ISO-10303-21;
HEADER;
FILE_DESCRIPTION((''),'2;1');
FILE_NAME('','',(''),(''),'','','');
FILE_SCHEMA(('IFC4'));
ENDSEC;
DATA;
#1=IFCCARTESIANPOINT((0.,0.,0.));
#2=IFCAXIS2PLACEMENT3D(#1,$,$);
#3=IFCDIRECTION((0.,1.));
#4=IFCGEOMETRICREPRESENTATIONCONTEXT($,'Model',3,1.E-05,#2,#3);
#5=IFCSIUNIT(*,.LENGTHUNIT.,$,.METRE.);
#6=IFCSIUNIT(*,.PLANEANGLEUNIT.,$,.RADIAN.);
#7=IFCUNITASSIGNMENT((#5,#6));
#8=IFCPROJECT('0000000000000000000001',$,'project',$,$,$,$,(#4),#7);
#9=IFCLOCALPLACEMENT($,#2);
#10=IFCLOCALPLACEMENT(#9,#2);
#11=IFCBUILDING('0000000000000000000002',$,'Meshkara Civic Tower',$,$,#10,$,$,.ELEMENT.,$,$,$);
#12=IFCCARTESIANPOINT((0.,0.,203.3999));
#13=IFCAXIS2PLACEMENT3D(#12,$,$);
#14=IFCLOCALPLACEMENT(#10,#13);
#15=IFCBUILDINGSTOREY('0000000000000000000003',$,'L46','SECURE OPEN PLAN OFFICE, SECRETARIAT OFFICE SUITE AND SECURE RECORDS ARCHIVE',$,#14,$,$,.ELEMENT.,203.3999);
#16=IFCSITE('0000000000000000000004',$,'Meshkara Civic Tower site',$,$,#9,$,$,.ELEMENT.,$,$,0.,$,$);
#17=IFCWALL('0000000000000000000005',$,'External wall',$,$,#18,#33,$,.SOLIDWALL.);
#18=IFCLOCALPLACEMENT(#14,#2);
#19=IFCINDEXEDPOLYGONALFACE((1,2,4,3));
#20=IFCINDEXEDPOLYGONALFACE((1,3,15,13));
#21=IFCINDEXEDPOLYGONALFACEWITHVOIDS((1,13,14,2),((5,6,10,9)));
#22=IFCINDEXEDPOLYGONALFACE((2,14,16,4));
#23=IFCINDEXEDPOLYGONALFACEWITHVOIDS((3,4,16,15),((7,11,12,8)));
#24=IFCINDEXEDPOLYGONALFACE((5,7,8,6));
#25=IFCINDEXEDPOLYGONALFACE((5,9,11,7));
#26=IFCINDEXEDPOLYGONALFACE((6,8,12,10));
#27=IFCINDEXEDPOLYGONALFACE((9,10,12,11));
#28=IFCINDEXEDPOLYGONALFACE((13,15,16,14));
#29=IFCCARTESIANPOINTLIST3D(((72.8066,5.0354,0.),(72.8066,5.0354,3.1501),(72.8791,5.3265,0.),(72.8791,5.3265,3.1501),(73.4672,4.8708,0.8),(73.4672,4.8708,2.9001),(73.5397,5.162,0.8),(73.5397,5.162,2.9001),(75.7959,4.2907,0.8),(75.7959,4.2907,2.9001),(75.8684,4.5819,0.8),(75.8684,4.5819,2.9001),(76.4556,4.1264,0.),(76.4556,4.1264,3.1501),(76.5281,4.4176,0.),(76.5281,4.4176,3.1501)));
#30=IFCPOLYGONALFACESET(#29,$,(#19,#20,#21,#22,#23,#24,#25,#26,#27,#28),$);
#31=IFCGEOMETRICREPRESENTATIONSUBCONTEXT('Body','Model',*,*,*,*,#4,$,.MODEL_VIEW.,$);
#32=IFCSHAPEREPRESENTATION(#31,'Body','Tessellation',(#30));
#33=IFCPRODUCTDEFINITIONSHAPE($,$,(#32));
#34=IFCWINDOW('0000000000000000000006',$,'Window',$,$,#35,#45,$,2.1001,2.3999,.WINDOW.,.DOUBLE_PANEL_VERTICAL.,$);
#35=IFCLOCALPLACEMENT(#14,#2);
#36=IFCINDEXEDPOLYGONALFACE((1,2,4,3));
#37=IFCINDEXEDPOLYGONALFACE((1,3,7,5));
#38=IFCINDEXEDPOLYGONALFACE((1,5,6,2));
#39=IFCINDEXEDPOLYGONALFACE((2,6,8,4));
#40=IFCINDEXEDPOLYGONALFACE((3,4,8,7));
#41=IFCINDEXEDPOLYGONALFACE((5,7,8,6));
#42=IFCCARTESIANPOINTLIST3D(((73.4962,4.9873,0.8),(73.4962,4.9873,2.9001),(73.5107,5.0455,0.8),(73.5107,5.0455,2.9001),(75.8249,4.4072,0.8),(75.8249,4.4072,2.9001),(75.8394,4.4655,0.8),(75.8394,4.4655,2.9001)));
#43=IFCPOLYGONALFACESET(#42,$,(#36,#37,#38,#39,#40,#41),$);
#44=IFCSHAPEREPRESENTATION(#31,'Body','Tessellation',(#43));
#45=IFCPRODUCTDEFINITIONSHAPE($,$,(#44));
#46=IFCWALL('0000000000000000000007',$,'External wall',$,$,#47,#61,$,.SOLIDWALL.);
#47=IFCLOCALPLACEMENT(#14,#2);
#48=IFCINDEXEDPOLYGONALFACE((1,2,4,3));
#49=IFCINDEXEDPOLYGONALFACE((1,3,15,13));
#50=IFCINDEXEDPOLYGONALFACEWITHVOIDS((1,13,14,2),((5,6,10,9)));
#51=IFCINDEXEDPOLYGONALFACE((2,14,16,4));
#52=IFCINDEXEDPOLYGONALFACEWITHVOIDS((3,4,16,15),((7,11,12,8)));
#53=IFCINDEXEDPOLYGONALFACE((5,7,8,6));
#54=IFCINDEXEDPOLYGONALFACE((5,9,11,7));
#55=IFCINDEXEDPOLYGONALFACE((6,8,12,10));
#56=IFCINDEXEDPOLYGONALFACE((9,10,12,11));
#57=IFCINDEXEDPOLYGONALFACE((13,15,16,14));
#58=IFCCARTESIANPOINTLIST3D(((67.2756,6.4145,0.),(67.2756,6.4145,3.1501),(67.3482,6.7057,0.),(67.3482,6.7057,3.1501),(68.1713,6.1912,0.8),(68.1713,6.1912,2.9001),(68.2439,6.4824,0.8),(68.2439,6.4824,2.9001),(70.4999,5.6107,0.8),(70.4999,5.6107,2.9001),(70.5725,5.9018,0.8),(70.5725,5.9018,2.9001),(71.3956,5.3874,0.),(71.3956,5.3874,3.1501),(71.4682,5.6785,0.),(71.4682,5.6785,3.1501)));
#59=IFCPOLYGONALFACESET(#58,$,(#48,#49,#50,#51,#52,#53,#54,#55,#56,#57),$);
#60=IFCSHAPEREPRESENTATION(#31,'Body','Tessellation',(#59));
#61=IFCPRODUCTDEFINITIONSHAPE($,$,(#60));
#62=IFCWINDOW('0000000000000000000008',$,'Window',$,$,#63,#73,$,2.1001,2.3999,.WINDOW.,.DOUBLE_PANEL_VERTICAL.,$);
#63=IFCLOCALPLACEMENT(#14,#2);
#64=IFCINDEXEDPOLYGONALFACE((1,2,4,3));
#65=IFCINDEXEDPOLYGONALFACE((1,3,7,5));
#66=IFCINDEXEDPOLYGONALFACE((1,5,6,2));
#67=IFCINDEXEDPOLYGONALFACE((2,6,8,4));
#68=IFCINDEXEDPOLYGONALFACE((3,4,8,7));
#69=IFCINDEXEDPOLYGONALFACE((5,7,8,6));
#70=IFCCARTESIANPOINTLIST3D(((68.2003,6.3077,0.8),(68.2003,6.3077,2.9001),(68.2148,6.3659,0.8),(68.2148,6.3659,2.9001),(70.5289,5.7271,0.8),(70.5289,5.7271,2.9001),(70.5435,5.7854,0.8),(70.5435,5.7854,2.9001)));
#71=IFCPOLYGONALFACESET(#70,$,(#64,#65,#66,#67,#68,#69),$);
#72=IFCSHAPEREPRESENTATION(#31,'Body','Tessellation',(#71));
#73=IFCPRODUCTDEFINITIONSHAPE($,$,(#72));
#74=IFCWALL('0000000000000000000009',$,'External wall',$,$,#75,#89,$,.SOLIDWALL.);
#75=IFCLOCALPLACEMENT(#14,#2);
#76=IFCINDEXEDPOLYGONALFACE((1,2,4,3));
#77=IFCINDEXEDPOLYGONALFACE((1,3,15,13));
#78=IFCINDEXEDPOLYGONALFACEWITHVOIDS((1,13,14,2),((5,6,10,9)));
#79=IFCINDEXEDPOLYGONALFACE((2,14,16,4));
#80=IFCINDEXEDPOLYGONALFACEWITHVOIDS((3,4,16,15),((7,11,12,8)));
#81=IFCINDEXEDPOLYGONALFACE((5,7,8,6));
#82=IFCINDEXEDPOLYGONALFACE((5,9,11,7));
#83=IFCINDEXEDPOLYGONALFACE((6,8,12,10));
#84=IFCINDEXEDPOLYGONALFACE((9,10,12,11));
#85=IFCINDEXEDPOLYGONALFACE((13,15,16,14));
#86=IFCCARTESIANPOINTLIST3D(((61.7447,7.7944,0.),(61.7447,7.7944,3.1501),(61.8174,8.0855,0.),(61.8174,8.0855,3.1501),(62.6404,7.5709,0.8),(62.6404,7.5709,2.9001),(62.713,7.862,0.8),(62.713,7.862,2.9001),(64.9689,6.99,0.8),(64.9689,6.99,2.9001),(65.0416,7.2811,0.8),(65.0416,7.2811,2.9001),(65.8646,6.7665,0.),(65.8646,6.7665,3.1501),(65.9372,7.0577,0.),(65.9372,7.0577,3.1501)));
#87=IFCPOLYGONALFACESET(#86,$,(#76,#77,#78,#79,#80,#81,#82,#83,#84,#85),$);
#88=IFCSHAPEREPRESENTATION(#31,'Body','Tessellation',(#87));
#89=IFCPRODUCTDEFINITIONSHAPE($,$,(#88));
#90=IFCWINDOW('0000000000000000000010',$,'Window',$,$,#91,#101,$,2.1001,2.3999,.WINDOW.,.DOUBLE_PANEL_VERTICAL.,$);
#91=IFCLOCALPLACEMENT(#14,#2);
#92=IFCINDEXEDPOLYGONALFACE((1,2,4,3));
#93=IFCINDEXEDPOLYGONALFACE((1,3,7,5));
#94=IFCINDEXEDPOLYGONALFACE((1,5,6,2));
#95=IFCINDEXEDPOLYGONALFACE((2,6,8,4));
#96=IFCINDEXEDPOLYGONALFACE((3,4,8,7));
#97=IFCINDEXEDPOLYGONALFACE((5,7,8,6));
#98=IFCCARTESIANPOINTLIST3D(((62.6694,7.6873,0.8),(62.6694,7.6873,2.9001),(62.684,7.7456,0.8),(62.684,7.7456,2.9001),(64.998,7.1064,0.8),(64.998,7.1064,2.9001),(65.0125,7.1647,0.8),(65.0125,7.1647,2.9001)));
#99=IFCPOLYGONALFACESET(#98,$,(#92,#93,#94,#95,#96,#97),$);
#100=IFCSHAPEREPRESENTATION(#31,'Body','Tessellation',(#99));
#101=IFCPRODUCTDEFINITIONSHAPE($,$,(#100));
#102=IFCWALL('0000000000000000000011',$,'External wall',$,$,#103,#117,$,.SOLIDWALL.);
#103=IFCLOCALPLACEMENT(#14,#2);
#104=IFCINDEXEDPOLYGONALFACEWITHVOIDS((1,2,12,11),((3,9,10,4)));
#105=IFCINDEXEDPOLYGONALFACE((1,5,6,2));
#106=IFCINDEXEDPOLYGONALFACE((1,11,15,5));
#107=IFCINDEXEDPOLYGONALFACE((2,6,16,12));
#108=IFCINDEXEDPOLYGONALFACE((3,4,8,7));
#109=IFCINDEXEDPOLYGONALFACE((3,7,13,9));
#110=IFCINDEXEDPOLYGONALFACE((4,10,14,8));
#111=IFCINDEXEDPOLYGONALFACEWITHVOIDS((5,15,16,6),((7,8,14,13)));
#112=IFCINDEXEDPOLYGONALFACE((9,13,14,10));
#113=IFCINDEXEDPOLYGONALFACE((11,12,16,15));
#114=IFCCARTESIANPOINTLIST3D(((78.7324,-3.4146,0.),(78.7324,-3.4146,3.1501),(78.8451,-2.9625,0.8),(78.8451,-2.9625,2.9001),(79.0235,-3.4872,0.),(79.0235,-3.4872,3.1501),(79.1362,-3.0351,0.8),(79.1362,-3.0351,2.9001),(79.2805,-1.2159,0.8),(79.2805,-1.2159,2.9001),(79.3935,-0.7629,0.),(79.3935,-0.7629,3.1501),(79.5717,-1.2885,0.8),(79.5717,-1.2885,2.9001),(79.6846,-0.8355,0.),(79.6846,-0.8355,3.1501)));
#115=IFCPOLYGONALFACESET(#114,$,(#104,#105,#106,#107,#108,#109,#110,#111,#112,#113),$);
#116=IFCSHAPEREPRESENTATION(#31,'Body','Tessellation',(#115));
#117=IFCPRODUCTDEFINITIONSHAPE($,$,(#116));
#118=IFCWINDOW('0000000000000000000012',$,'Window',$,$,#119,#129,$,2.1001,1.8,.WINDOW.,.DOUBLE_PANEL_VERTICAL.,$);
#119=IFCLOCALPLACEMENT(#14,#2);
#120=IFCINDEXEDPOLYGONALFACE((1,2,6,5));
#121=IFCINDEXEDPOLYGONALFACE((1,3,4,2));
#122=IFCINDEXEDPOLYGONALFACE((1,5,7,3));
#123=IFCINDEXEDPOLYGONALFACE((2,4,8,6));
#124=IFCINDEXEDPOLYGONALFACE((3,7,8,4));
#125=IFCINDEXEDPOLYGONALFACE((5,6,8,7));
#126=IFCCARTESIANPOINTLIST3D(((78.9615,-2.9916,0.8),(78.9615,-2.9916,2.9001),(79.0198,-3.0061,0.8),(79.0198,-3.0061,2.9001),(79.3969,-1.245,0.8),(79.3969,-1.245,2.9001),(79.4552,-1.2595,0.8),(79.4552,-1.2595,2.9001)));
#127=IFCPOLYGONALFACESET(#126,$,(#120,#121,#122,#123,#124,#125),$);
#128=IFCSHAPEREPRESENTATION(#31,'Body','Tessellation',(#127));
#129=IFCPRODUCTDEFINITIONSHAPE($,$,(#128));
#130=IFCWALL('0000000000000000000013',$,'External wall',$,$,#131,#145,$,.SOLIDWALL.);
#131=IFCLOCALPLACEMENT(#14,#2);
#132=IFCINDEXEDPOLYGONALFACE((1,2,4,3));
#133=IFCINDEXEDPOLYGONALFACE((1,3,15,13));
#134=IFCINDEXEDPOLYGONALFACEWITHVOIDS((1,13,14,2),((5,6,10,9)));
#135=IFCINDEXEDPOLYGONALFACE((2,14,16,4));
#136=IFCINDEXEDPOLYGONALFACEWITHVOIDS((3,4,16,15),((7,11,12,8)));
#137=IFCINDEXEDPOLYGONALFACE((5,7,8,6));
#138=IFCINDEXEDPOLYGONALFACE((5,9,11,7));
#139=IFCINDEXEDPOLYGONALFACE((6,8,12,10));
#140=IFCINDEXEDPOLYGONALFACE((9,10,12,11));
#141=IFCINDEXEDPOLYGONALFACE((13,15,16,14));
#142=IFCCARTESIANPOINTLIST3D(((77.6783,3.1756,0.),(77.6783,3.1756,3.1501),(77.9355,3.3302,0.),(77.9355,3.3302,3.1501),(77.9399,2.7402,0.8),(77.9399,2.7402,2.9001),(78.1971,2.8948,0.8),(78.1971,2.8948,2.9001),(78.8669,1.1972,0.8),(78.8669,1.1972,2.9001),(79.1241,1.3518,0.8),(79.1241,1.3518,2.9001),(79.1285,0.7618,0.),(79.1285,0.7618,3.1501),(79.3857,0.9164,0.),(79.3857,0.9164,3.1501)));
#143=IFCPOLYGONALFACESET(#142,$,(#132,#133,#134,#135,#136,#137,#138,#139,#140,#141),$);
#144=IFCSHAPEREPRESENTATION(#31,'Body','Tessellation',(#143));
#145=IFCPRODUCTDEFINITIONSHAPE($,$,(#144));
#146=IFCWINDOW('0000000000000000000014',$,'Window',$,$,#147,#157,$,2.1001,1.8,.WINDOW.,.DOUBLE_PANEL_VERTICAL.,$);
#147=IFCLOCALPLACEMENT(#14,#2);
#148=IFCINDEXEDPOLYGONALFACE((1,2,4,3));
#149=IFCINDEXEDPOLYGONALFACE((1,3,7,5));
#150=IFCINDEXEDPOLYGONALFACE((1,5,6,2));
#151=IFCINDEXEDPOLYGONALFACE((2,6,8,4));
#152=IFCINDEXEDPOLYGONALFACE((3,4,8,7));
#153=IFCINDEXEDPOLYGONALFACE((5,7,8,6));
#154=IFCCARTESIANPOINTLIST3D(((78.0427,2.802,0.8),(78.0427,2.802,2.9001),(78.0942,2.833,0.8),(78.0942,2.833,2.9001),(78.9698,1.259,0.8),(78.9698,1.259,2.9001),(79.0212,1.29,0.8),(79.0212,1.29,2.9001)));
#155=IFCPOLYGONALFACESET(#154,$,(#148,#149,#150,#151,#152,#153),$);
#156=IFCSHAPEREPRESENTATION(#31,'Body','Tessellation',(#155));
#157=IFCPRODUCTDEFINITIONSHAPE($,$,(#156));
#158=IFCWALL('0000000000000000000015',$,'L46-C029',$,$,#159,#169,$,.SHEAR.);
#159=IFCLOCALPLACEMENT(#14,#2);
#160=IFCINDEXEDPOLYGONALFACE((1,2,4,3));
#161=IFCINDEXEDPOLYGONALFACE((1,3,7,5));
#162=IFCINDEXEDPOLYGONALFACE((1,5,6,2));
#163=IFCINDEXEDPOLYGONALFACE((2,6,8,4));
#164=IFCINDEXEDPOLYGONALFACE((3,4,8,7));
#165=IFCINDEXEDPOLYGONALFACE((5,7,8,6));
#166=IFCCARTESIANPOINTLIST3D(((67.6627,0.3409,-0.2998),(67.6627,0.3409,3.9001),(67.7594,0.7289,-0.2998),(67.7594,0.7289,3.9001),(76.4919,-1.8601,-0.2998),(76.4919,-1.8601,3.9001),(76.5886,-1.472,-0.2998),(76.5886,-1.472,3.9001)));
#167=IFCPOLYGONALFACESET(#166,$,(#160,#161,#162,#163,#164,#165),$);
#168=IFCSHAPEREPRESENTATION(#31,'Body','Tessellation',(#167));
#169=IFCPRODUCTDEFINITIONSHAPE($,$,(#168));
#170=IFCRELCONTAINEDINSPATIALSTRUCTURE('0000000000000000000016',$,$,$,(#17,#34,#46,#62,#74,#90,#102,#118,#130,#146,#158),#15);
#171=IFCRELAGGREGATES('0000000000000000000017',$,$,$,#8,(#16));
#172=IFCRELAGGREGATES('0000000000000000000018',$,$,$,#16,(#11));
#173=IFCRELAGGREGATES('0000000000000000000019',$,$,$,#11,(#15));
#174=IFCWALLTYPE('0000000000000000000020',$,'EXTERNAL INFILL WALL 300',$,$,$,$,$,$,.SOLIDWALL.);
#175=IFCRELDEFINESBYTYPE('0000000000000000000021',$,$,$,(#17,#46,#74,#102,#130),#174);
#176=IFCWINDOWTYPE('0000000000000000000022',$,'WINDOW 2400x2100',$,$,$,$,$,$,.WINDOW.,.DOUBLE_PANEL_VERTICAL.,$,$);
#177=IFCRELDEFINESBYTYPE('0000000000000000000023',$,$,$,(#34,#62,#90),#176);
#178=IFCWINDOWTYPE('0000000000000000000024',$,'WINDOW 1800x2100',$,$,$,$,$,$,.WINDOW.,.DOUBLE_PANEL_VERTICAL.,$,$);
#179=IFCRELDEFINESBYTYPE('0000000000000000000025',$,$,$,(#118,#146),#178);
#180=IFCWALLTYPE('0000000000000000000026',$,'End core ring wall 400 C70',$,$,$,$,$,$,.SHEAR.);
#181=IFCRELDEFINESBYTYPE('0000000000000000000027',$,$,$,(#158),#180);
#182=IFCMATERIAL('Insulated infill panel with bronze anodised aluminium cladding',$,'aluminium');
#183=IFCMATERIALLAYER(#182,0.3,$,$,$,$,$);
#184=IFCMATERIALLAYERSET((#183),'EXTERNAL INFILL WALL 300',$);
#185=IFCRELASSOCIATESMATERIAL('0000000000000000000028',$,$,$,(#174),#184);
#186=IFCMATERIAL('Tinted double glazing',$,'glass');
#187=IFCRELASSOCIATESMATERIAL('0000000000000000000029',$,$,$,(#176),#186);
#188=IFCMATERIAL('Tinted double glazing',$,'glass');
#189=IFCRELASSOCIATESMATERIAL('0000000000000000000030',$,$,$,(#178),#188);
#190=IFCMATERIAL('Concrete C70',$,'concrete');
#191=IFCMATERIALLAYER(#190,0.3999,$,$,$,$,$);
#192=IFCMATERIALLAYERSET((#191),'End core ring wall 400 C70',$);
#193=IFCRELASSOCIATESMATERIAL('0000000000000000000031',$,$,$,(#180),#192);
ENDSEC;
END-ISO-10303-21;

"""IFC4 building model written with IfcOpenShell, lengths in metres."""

from ifc_helpers import new_model, si_unit, direction, frame, frame_2d, origin, place, context, subcontext, project, spatial, rectangle, extrude, material, layer, layer_set, type_object, element, fill, save


model = new_model("IFC4")

# Units and contexts
model_context = context("Model", 3, precision=1e-05, world=origin(), true_north=direction((0.0, 1.0)))
body_context = subcontext(model_context, "Body", "Model", "MODEL_VIEW")
ifc_project = project(units=[si_unit("LENGTHUNIT", "METRE"), si_unit("PLANEANGLEUNIT", "RADIAN")], contexts=[model_context])

# Site, building, storey
site_placement = place(None, origin())
site = spatial("IfcSite", under=ifc_project, at=site_placement, Name="Meshkara Civic Tower site", CompositionType="ELEMENT", RefElevation=0.0)
building_placement = place(site_placement, origin())
building = spatial("IfcBuilding", under=site, at=building_placement, Name="Meshkara Civic Tower", CompositionType="ELEMENT")
storey_placement = place(building_placement, frame((0.0, 0.0, 203.3999)))
storey = spatial("IfcBuildingStorey", under=building, at=storey_placement, Name="L46", Description="SECURE OPEN PLAN OFFICE, SECRETARIAT OFFICE SUITE AND SECURE RECORDS ARCHIVE", CompositionType="ELEMENT", Elevation=203.3999)

# Walls, openings, windows
ifc_material_1 = material(Name="Insulated infill panel with bronze anodised aluminium cladding", Category="aluminium")
ifc_layer_1 = layer(ifc_material_1, 0.3)
ifc_layer_set_1 = layer_set([ifc_layer_1], Name="EXTERNAL INFILL WALL 300")
wall_type_1 = type_object("IfcWallType", Name="EXTERNAL INFILL WALL 300", PredefinedType="SOLIDWALL", material=ifc_layer_set_1)
wall_1_placement = place(storey_placement, frame((76.4919, 4.272, 0.0), z_axis=(0.0, 0.0, 1.0), x_axis=(-0.970348, 0.241711, 0.0)))
wall_1 = element("IfcWall", 1, at=wall_1_placement, inside=storey, type_object=wall_type_1, Name="External wall", PredefinedType="SOLIDWALL", context=body_context, shape_type="SweptSolid", body=[
    extrude(rectangle(XDim=3.7605, YDim=0.3, at=frame_2d((1.8804, 0.0))), origin(), (0.0, 0.0, 1.0), 3.1501),
])
opening_1_placement = place(wall_1_placement, frame((0.6799, 0.0, 0.8)))
opening_1 = element("IfcOpeningElement", 2, at=opening_1_placement, cuts=wall_1, PredefinedType="OPENING", context=body_context, shape_type="SweptSolid", body=[
    extrude(rectangle(XDim=2.3999, YDim=2.1001, at=frame_2d((1.2, 1.05))), frame((0.0, 0.1599, 0.0), z_axis=(0.0, -1.0, 0.0), x_axis=(1.0, 0.0, 0.0)), (0.0, 0.0, 1.0), 0.3201),
])
ifc_material_2 = material(Name="Tinted double glazing", Category="glass")
window_type_1 = type_object("IfcWindowType", Name="WINDOW 2400x2100", PartitioningType="DOUBLE_PANEL_VERTICAL", PredefinedType="WINDOW", material=ifc_material_2)
window_1_placement = place(opening_1_placement, origin())
window_1 = element("IfcWindow", 3, at=window_1_placement, inside=storey, type_object=window_type_1, Name="Window", OverallHeight=2.1001, OverallWidth=2.3999, PartitioningType="DOUBLE_PANEL_VERTICAL", PredefinedType="WINDOW", context=body_context, shape_type="SweptSolid", body=[
    extrude(rectangle(XDim=2.3999, YDim=2.1001, at=frame_2d((1.2, 1.05))), frame((0.0, 0.03, 0.0), z_axis=(0.0, -1.0, 0.0), x_axis=(1.0, 0.0, 0.0)), (0.0, 0.0, 1.0), 0.0601),
])
fill(opening_1, window_1)
wall_2_placement = place(storey_placement, frame((71.4319, 5.533, 0.0), z_axis=(0.0, 0.0, 1.0), x_axis=(-0.970301, 0.2419, 0.0)))
wall_2 = element("IfcWall", 4, at=wall_2_placement, inside=storey, type_object=wall_type_1, Name="External wall", PredefinedType="SOLIDWALL", context=body_context, shape_type="SweptSolid", body=[
    extrude(rectangle(XDim=4.2461, YDim=0.3, at=frame_2d((2.123, 0.0))), origin(), (0.0, 0.0, 1.0), 3.1501),
])
opening_2_placement = place(wall_2_placement, frame((0.9231, 0.0, 0.8)))
opening_2 = element("IfcOpeningElement", 5, at=opening_2_placement, cuts=wall_2, PredefinedType="OPENING", context=body_context, shape_type="SweptSolid", body=[
    extrude(rectangle(XDim=2.3999, YDim=2.1001, at=frame_2d((1.2, 1.05))), frame((0.0, 0.1599, 0.0), z_axis=(0.0, -1.0, 0.0), x_axis=(1.0, 0.0, 0.0)), (0.0, 0.0, 1.0), 0.3201),
])
window_2_placement = place(opening_2_placement, origin())
window_2 = element("IfcWindow", 6, at=window_2_placement, inside=storey, type_object=window_type_1, Name="Window", OverallHeight=2.1001, OverallWidth=2.3999, PartitioningType="DOUBLE_PANEL_VERTICAL", PredefinedType="WINDOW", context=body_context, shape_type="SweptSolid", body=[
    extrude(rectangle(XDim=2.3999, YDim=2.1001, at=frame_2d((1.2, 1.05))), frame((0.0, 0.03, 0.0), z_axis=(0.0, -1.0, 0.0), x_axis=(1.0, 0.0, 0.0)), (0.0, 0.0, 1.0), 0.0601),
])
fill(opening_2, window_2)
wall_3_placement = place(storey_placement, frame((65.9009, 6.9121, 0.0), z_axis=(0.0, 0.0, 1.0), x_axis=(-0.970261, 0.242062, 0.0)))
wall_3 = element("IfcWall", 7, at=wall_3_placement, inside=storey, type_object=wall_type_1, Name="External wall", PredefinedType="SOLIDWALL", context=body_context, shape_type="SweptSolid", body=[
    extrude(rectangle(XDim=4.2461, YDim=0.3, at=frame_2d((2.123, 0.0))), origin(), (0.0, 0.0, 1.0), 3.1501),
])
opening_3_placement = place(wall_3_placement, frame((0.9231, 0.0, 0.8)))
opening_3 = element("IfcOpeningElement", 8, at=opening_3_placement, cuts=wall_3, PredefinedType="OPENING", context=body_context, shape_type="SweptSolid", body=[
    extrude(rectangle(XDim=2.3999, YDim=2.1001, at=frame_2d((1.2, 1.05))), frame((0.0, 0.1599, 0.0), z_axis=(0.0, -1.0, 0.0), x_axis=(1.0, 0.0, 0.0)), (0.0, 0.0, 1.0), 0.3201),
])
window_3_placement = place(opening_3_placement, origin())
window_3 = element("IfcWindow", 9, at=window_3_placement, inside=storey, type_object=window_type_1, Name="Window", OverallHeight=2.1001, OverallWidth=2.3999, PartitioningType="DOUBLE_PANEL_VERTICAL", PredefinedType="WINDOW", context=body_context, shape_type="SweptSolid", body=[
    extrude(rectangle(XDim=2.3999, YDim=2.1001, at=frame_2d((1.2, 1.05))), frame((0.0, 0.03, 0.0), z_axis=(0.0, -1.0, 0.0), x_axis=(1.0, 0.0, 0.0)), (0.0, 0.0, 1.0), 0.0601),
])
fill(opening_3, window_3)
wall_4_placement = place(storey_placement, frame((78.8779, -3.4509, 0.0), z_axis=(0.0, 0.0, 1.0), x_axis=(0.241905, 0.9703, 0.0)))
wall_4 = element("IfcWall", 10, at=wall_4_placement, inside=storey, type_object=wall_type_1, Name="External wall", PredefinedType="SOLIDWALL", context=body_context, shape_type="SweptSolid", body=[
    extrude(rectangle(XDim=2.7329, YDim=0.3, at=frame_2d((1.3665, 0.0))), origin(), (0.0, 0.0, 1.0), 3.1501),
])
opening_4_placement = place(wall_4_placement, frame((0.4661, 0.0, 0.8)))
opening_4 = element("IfcOpeningElement", 11, at=opening_4_placement, cuts=wall_4, PredefinedType="OPENING", context=body_context, shape_type="SweptSolid", body=[
    extrude(rectangle(XDim=1.8, YDim=2.1001, at=frame_2d((0.8999, 1.05))), frame((0.0, 0.1599, 0.0), z_axis=(0.0, -1.0, 0.0), x_axis=(1.0, 0.0, 0.0)), (0.0, 0.0, 1.0), 0.3201),
])
ifc_material_3 = material(Name="Tinted double glazing", Category="glass")
window_type_2 = type_object("IfcWindowType", Name="WINDOW 1800x2100", PartitioningType="DOUBLE_PANEL_VERTICAL", PredefinedType="WINDOW", material=ifc_material_3)
window_4_placement = place(opening_4_placement, origin())
window_4 = element("IfcWindow", 12, at=window_4_placement, inside=storey, type_object=window_type_2, Name="Window", OverallHeight=2.1001, OverallWidth=1.8, PartitioningType="DOUBLE_PANEL_VERTICAL", PredefinedType="WINDOW", context=body_context, shape_type="SweptSolid", body=[
    extrude(rectangle(XDim=1.8, YDim=2.1001, at=frame_2d((0.8999, 1.05))), frame((0.0, 0.03, 0.0), z_axis=(0.0, -1.0, 0.0), x_axis=(1.0, 0.0, 0.0)), (0.0, 0.0, 1.0), 0.0601),
])
fill(opening_4, window_4)
wall_5_placement = place(storey_placement, frame((79.2571, 0.8391, 0.0), z_axis=(0.0, 0.0, 1.0), x_axis=(-0.514993, 0.857194, 0.0)))
wall_5 = element("IfcWall", 13, at=wall_5_placement, inside=storey, type_object=wall_type_1, Name="External wall", PredefinedType="SOLIDWALL", context=body_context, shape_type="SweptSolid", body=[
    extrude(rectangle(XDim=2.8159, YDim=0.3, at=frame_2d((1.408, 0.0))), origin(), (0.0, 0.0, 1.0), 3.1501),
])
opening_5_placement = place(wall_5_placement, frame((0.5081, 0.0, 0.8)))
opening_5 = element("IfcOpeningElement", 14, at=opening_5_placement, cuts=wall_5, PredefinedType="OPENING", context=body_context, shape_type="SweptSolid", body=[
    extrude(rectangle(XDim=1.8, YDim=2.1001, at=frame_2d((0.8999, 1.05))), frame((0.0, 0.1599, 0.0), z_axis=(0.0, -1.0, 0.0), x_axis=(1.0, 0.0, 0.0)), (0.0, 0.0, 1.0), 0.3201),
])
window_5_placement = place(opening_5_placement, origin())
window_5 = element("IfcWindow", 15, at=window_5_placement, inside=storey, type_object=window_type_2, Name="Window", OverallHeight=2.1001, OverallWidth=1.8, PartitioningType="DOUBLE_PANEL_VERTICAL", PredefinedType="WINDOW", context=body_context, shape_type="SweptSolid", body=[
    extrude(rectangle(XDim=1.8, YDim=2.1001, at=frame_2d((0.8999, 1.05))), frame((0.0, 0.03, 0.0), z_axis=(0.0, -1.0, 0.0), x_axis=(1.0, 0.0, 0.0)), (0.0, 0.0, 1.0), 0.0601),
])
fill(opening_5, window_5)

# Wall
ifc_material_4 = material(Name="Concrete C70", Category="concrete")
ifc_layer_2 = layer(ifc_material_4, 0.3999)
ifc_layer_set_2 = layer_set([ifc_layer_2], Name="End core ring wall 400 C70")
wall_type_2 = type_object("IfcWallType", Name="End core ring wall 400 C70", PredefinedType="SHEAR", material=ifc_layer_set_2)
wall_6_placement = place(storey_placement, frame((67.7109, 0.5349, -0.2998), z_axis=(0.0, 0.0, 1.0), x_axis=(0.970306, -0.241879, 0.0)))
element("IfcWall", 16, at=wall_6_placement, inside=storey, type_object=wall_type_2, Name="L46-C029", PredefinedType="SHEAR", context=body_context, shape_type="SweptSolid", body=[
    extrude(rectangle(XDim=9.0994, YDim=0.3999, at=frame_2d((4.5498, 0.0))), origin(), (0.0, 0.0, 1.0), 4.2),
])

save(model, "model.ifc")
